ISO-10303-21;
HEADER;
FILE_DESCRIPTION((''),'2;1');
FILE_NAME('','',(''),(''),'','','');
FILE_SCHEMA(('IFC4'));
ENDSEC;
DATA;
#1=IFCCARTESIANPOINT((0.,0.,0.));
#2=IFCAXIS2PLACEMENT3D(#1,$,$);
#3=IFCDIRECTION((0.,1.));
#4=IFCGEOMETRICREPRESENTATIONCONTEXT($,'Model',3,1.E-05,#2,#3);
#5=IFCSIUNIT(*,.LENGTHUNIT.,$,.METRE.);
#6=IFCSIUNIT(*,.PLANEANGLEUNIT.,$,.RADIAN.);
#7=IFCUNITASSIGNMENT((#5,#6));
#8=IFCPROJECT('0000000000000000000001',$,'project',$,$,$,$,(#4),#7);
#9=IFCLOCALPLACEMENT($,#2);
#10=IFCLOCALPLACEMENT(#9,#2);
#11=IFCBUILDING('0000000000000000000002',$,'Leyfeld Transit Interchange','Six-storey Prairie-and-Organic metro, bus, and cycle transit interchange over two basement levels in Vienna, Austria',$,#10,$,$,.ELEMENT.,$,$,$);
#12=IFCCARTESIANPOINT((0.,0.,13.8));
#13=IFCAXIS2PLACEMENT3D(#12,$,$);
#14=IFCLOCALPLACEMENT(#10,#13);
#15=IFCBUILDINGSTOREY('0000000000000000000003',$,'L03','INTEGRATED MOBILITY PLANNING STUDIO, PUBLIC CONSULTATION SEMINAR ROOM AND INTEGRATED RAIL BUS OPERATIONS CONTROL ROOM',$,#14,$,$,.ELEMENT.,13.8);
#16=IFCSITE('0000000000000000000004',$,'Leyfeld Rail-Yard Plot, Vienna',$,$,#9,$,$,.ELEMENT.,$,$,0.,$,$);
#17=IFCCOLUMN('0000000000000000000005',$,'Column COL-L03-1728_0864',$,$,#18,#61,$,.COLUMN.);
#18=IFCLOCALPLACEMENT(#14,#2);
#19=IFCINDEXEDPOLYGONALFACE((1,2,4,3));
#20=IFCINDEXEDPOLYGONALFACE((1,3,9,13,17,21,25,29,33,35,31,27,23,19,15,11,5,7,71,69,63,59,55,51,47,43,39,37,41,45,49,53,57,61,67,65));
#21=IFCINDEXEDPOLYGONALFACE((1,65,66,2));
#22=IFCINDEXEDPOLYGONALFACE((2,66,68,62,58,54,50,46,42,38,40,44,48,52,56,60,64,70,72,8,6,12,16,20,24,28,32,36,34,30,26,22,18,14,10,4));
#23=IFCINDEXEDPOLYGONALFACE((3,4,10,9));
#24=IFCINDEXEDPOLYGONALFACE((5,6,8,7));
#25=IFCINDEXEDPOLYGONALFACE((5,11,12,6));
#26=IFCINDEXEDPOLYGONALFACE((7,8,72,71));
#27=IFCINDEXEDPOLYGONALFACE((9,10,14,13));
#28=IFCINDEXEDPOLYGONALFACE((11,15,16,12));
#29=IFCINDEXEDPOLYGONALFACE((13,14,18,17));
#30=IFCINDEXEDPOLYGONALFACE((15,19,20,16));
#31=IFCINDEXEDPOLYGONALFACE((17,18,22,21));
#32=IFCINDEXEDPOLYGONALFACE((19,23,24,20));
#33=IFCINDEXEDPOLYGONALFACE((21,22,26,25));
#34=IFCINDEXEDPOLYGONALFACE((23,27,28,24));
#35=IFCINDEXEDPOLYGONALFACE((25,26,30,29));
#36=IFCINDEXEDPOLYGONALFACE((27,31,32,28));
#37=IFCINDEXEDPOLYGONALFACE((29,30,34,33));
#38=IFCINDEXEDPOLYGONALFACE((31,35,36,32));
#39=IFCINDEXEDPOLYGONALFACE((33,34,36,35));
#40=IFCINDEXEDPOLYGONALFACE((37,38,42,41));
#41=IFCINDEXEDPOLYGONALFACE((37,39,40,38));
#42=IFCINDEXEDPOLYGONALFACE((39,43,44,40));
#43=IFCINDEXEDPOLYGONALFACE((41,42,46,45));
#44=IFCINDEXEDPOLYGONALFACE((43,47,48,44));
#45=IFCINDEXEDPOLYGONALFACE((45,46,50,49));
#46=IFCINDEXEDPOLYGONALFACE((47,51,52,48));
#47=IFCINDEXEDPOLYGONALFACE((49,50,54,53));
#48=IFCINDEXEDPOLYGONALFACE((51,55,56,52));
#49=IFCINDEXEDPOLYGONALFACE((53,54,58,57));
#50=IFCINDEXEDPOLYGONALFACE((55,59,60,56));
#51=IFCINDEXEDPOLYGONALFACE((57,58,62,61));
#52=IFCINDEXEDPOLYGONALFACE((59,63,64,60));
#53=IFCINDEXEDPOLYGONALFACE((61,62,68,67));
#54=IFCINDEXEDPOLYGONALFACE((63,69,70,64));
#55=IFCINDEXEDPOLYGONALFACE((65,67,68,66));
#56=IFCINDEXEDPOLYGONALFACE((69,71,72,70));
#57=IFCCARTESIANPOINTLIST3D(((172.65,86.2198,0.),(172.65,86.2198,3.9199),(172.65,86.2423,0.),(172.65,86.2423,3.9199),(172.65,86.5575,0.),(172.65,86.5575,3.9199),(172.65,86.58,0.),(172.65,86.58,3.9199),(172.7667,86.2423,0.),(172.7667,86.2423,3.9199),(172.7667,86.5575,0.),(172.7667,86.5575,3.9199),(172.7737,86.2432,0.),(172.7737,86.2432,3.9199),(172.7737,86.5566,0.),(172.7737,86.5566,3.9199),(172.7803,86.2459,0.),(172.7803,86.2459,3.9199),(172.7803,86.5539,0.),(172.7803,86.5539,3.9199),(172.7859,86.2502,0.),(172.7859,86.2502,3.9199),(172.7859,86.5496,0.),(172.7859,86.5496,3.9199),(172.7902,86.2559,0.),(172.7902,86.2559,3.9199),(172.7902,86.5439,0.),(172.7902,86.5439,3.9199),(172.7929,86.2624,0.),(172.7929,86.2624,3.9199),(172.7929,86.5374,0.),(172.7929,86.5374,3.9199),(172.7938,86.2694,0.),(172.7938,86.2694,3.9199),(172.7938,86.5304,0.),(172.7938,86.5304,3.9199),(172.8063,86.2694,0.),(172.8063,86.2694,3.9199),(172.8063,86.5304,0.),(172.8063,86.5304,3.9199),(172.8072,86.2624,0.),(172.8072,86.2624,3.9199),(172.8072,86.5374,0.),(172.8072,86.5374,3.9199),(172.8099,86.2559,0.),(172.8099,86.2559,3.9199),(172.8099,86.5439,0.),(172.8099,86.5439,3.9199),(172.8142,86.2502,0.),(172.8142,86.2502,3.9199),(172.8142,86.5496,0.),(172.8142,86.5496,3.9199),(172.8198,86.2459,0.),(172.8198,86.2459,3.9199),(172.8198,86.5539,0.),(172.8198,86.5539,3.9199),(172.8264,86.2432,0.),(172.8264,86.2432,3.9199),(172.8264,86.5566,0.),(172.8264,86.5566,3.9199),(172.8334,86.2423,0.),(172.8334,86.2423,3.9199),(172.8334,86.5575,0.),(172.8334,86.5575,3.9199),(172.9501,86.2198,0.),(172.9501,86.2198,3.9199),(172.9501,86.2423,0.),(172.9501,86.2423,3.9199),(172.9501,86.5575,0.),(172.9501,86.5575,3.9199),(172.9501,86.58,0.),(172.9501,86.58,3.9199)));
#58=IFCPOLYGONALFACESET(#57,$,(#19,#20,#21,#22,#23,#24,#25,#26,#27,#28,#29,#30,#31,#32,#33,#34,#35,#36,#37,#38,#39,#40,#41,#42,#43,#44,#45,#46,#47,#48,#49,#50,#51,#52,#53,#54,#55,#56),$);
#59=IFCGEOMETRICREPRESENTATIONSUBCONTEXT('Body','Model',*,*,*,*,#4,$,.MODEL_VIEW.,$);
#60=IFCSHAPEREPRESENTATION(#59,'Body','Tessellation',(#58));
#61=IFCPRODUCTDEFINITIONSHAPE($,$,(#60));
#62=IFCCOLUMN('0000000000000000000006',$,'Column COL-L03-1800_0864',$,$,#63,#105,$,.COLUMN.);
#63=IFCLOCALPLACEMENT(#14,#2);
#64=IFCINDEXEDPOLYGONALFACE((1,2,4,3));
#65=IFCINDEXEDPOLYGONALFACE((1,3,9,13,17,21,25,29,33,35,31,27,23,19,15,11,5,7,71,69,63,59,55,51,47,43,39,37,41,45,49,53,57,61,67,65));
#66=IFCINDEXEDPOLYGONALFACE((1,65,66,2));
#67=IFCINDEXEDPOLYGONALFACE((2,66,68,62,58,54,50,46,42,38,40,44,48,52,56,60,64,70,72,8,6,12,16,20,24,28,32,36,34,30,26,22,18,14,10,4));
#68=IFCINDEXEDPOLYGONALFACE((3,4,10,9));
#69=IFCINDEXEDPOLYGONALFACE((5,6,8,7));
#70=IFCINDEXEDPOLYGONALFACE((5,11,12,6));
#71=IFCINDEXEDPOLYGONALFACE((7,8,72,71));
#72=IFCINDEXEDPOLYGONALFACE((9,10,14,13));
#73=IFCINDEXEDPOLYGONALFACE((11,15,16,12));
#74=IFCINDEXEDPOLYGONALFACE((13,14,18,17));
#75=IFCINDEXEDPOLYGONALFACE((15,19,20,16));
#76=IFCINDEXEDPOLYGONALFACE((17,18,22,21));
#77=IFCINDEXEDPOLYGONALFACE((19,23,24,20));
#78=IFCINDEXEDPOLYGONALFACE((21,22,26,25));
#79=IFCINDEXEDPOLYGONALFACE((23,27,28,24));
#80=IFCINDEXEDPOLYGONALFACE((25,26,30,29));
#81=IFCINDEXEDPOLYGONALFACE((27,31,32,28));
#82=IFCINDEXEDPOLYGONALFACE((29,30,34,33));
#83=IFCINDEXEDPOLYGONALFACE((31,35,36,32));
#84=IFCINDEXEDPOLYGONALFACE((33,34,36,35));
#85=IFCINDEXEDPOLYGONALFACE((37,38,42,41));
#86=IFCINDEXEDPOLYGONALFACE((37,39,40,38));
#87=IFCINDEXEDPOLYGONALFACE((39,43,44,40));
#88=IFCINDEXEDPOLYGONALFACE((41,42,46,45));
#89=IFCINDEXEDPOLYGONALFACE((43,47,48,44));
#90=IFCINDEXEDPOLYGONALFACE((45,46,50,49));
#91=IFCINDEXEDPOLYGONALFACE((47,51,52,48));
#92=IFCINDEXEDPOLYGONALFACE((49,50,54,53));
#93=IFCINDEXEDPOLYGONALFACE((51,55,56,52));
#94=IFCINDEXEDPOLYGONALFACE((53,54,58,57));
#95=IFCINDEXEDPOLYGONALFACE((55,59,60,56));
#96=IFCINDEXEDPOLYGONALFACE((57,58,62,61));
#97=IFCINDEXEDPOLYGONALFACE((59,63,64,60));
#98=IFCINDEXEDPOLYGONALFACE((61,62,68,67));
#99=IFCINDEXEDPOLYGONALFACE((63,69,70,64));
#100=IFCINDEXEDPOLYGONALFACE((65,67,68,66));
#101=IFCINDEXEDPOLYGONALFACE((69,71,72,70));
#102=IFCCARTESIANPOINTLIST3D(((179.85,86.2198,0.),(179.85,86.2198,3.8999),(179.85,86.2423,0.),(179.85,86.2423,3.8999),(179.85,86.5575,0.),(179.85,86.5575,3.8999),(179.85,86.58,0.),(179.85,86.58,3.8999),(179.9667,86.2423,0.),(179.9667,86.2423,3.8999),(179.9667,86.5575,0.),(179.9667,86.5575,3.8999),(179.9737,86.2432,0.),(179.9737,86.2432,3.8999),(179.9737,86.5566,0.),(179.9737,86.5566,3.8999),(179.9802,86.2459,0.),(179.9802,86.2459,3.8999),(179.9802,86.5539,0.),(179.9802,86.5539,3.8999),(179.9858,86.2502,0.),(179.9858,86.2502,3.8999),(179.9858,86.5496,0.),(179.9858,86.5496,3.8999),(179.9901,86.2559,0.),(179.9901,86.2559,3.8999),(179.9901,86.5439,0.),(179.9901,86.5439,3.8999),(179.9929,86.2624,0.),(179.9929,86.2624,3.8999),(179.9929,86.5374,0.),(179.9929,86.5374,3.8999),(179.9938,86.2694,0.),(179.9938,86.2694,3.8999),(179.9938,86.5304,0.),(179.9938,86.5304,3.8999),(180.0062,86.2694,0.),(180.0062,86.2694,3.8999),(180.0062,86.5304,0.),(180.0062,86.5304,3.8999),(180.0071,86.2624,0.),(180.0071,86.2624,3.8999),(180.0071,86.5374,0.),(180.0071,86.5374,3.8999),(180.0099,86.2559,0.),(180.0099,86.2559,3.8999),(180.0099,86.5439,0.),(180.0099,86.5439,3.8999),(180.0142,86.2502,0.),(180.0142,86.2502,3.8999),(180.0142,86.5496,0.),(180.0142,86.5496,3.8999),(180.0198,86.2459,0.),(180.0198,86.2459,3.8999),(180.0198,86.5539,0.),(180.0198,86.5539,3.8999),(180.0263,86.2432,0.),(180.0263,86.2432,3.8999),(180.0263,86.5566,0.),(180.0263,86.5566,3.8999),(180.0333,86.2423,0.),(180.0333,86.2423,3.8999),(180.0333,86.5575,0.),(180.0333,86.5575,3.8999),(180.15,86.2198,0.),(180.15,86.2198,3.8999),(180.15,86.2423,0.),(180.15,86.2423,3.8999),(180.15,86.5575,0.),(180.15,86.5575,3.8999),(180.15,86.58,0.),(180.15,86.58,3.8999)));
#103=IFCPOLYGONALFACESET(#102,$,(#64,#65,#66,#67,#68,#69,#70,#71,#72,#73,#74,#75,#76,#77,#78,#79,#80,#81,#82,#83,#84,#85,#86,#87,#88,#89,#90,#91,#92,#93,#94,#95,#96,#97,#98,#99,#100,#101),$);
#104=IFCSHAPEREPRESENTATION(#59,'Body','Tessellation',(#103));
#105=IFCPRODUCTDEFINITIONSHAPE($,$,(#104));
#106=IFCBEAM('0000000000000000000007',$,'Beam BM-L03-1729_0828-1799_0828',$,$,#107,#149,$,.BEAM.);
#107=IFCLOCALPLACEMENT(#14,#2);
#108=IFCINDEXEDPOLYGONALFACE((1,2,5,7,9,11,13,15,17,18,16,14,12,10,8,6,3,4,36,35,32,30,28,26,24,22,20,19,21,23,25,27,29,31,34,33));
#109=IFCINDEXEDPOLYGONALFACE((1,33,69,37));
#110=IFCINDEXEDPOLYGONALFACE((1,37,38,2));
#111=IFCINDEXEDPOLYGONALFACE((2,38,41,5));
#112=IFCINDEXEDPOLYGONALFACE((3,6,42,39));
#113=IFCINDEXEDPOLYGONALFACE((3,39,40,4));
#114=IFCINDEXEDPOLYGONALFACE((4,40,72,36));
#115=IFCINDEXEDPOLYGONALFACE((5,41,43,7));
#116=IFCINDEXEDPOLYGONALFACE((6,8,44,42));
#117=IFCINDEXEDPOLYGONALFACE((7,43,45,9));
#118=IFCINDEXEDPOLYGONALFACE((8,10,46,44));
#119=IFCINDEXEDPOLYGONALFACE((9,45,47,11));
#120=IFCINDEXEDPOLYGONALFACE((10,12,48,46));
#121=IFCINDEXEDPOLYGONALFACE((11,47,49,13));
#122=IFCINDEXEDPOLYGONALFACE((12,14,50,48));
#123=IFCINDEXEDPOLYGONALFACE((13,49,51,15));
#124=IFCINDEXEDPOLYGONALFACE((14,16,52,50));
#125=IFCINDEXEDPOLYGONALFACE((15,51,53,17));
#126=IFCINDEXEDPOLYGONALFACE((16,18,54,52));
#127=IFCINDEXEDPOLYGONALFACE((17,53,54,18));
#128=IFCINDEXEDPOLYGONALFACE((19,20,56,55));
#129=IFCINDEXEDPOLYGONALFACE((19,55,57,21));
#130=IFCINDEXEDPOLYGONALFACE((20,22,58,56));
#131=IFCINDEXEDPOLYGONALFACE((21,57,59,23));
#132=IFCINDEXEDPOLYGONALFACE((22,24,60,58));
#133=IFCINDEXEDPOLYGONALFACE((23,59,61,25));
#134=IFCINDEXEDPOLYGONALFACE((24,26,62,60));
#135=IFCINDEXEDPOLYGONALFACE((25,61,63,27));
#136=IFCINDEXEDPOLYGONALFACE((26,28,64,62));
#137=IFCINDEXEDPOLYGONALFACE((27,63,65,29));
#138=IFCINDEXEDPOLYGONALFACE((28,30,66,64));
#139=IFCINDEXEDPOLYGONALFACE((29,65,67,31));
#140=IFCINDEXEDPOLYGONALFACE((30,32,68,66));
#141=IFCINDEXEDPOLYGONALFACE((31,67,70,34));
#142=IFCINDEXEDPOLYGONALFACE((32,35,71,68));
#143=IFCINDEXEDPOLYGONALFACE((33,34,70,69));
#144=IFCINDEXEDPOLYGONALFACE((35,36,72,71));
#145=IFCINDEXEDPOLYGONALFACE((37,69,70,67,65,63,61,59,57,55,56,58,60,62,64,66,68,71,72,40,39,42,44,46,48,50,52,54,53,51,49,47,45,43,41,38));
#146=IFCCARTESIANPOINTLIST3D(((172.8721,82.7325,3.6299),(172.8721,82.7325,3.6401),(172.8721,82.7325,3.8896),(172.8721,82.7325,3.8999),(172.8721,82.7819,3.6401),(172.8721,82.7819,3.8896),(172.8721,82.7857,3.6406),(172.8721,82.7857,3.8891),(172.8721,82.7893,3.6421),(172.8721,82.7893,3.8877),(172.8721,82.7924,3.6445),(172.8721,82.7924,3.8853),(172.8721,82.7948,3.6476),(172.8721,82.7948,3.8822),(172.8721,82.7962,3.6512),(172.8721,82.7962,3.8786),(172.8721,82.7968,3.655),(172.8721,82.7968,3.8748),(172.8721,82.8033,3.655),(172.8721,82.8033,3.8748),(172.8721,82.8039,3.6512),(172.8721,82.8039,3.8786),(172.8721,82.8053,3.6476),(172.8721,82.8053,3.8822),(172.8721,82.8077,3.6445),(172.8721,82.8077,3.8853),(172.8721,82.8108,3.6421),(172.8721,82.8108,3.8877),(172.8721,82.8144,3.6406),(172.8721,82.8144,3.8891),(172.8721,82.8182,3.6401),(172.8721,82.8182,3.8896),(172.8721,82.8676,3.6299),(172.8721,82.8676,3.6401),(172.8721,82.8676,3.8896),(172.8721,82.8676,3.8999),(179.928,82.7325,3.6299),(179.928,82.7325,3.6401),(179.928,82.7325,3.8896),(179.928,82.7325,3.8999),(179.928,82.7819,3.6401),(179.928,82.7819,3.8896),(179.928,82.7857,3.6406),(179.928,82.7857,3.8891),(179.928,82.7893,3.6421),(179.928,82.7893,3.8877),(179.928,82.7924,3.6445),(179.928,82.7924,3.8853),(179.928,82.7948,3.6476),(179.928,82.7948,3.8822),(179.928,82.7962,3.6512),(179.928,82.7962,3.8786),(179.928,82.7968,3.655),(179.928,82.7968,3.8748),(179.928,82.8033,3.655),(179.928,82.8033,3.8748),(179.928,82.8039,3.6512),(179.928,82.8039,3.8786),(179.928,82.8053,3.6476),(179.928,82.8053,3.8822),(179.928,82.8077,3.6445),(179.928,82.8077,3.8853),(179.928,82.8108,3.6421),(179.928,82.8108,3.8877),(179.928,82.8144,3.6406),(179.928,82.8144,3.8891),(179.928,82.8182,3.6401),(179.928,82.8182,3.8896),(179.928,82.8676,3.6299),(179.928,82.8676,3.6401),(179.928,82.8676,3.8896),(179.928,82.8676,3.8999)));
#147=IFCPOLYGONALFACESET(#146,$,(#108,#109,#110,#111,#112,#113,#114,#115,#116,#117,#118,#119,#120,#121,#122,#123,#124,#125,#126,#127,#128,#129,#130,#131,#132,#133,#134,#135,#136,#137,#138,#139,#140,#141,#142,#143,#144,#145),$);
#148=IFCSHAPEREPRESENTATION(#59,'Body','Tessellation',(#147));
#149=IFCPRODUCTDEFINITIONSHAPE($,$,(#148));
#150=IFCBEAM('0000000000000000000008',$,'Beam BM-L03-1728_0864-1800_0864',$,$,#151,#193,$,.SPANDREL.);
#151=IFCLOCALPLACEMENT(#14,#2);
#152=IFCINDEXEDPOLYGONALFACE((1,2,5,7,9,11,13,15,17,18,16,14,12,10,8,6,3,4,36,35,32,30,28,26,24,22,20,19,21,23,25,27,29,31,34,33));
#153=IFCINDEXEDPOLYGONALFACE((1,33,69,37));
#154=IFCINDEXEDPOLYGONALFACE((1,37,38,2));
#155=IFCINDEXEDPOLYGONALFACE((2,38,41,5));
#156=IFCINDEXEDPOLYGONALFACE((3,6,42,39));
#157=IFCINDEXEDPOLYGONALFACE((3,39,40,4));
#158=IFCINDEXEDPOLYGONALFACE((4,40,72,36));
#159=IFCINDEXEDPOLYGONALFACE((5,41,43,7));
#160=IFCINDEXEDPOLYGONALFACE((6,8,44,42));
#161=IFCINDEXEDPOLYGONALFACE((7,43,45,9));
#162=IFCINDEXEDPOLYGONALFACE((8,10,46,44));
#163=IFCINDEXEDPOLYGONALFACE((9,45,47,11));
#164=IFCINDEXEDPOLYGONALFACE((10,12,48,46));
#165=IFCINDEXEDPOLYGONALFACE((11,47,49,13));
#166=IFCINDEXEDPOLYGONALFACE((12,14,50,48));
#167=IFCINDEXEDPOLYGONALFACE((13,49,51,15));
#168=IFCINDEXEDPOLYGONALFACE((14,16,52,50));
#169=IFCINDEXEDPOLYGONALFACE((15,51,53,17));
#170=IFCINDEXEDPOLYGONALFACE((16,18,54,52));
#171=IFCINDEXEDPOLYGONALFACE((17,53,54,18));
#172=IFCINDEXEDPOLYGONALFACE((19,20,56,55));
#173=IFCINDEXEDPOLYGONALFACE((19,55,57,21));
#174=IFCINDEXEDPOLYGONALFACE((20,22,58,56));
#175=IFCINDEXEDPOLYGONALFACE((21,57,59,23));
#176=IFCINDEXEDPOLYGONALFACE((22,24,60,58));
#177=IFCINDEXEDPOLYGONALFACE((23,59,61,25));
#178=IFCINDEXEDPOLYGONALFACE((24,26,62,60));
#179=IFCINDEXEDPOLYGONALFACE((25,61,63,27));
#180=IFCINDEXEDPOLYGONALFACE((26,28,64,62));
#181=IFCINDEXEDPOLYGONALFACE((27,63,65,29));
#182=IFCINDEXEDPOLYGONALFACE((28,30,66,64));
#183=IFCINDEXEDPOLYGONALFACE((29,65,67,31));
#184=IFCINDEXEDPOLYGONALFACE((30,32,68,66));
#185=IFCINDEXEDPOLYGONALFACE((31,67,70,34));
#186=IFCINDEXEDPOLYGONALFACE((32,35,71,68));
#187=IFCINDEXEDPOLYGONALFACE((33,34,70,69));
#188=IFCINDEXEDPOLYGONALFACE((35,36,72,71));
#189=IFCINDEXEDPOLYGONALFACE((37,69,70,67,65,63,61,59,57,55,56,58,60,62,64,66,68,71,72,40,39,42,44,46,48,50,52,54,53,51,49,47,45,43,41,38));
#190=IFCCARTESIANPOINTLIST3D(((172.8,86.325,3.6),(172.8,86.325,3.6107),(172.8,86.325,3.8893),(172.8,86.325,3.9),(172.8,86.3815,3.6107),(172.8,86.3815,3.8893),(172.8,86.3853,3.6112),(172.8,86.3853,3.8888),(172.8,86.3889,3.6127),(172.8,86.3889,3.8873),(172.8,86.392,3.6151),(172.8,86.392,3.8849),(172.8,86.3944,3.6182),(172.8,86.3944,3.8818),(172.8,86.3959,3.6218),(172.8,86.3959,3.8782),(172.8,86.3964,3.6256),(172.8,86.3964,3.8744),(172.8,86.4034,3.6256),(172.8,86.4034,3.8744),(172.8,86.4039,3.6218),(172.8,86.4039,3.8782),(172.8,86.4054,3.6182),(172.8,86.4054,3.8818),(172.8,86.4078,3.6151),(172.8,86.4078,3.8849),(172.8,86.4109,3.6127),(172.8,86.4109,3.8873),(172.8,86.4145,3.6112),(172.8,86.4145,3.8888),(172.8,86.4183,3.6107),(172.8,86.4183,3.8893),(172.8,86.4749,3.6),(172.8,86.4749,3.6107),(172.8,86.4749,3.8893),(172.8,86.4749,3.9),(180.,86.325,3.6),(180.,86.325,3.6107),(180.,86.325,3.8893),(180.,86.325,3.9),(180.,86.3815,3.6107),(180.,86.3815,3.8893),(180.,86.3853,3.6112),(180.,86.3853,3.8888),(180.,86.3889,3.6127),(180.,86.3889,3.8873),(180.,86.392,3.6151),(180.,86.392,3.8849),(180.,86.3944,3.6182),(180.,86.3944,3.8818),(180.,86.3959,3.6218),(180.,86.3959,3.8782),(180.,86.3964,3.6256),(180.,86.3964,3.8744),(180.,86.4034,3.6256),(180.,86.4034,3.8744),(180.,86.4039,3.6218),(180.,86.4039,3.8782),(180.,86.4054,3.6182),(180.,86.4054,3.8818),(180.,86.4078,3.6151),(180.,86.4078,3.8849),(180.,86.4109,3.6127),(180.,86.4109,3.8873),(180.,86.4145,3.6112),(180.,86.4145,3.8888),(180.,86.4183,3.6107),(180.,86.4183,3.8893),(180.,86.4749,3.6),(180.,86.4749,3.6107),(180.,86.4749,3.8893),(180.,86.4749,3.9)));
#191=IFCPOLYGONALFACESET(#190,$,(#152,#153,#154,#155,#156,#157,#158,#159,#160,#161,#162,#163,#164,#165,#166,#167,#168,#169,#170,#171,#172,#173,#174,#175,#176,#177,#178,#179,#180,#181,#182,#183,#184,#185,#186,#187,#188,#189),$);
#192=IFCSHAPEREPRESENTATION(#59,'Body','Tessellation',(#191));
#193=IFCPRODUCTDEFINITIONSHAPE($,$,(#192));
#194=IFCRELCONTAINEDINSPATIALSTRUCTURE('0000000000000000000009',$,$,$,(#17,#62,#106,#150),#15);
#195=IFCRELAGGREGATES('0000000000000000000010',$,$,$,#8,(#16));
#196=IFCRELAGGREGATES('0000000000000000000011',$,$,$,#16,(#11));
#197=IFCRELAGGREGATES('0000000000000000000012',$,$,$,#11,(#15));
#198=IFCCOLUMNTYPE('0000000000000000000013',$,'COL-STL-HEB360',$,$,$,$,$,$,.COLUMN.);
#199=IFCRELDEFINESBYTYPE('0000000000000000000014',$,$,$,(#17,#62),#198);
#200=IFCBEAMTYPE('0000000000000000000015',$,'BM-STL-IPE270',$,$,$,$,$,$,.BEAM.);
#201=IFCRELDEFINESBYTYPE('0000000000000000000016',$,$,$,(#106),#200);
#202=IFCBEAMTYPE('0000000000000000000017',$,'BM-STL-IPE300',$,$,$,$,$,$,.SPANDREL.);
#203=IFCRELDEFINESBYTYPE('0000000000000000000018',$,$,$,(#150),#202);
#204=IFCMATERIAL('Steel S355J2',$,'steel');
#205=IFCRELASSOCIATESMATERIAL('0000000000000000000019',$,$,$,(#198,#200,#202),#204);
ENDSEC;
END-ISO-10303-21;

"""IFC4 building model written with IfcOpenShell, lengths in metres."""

from ifc_helpers import new_model, si_unit, direction, frame, origin, origin_2d, place, context, subcontext, project, spatial, i_section, extrude, material, material_profile, profile_set, type_object, element, save


model = new_model("IFC4")

# Units and contexts
model_context = context("Model", 3, precision=1e-05, world=origin(), true_north=direction((0.0, 1.0)))
body_context = subcontext(model_context, "Body", "Model", "MODEL_VIEW")
ifc_project = project(units=[si_unit("LENGTHUNIT", "METRE"), si_unit("PLANEANGLEUNIT", "RADIAN")], contexts=[model_context])

# Site, building, storey
site_placement = place(None, origin())
site = spatial("IfcSite", under=ifc_project, at=site_placement, Name="Leyfeld Rail-Yard Plot, Vienna", CompositionType="ELEMENT", RefElevation=0.0)
building_placement = place(site_placement, origin())
building = spatial("IfcBuilding", under=site, at=building_placement, Name="Leyfeld Transit Interchange", Description="Six-storey Prairie-and-Organic metro, bus, and cycle transit interchange over two basement levels in Vienna, Austria", CompositionType="ELEMENT")
storey_placement = place(building_placement, frame((0.0, 0.0, 13.8)))
storey = spatial("IfcBuildingStorey", under=building, at=storey_placement, Name="L03", Description="INTEGRATED MOBILITY PLANNING STUDIO, PUBLIC CONSULTATION SEMINAR ROOM AND INTEGRATED RAIL BUS OPERATIONS CONTROL ROOM", CompositionType="ELEMENT", Elevation=13.8)

# Columns
ifc_material_1 = material(Name="Steel S355J2", Category="steel")
ifc_material_profile_1 = material_profile(ifc_material_1, i_section(OverallWidth=0.3, OverallDepth=0.3601, WebThickness=0.0125, FlangeThickness=0.0225, FilletRadius=0.0271, at=origin_2d()), Name="HEB 360")
ifc_profile_set_1 = profile_set([ifc_material_profile_1], Name="Steel S355J2")
column_type = type_object("IfcColumnType", Name="COL-STL-HEB360", PredefinedType="COLUMN", material=ifc_profile_set_1)
column_1_placement = place(storey_placement, frame((172.8, 86.3999, 0.0), z_axis=(0.0, 0.0, 1.0), x_axis=(1.0, 0.0, 0.0)))
element("IfcColumn", 1, at=column_1_placement, inside=storey, type_object=column_type, Name="Column COL-L03-1728_0864", PredefinedType="COLUMN", context=body_context, shape_type="SweptSolid", body=[
    extrude(i_section(OverallWidth=0.3, OverallDepth=0.3601, WebThickness=0.0125, FlangeThickness=0.0225, FilletRadius=0.0271, at=origin_2d()), origin(), (0.0, 0.0, 1.0), 3.9199),
])
column_2_placement = place(storey_placement, frame((180.0, 86.3999, 0.0), z_axis=(0.0, 0.0, 1.0), x_axis=(1.0, 0.0, 0.0)))
element("IfcColumn", 2, at=column_2_placement, inside=storey, type_object=column_type, Name="Column COL-L03-1800_0864", PredefinedType="COLUMN", context=body_context, shape_type="SweptSolid", body=[
    extrude(i_section(OverallWidth=0.3, OverallDepth=0.3601, WebThickness=0.0125, FlangeThickness=0.0225, FilletRadius=0.0271, at=origin_2d()), origin(), (0.0, 0.0, 1.0), 3.8999),
])

# Beams
ifc_material_profile_2 = material_profile(ifc_material_1, i_section(OverallWidth=0.135, OverallDepth=0.27, WebThickness=0.0066, FlangeThickness=0.0103, FilletRadius=0.0149, at=origin_2d()), Name="IPE 270")
ifc_profile_set_2 = profile_set([ifc_material_profile_2], Name="Steel S355J2")
beam_type_1 = type_object("IfcBeamType", Name="BM-STL-IPE270", PredefinedType="BEAM", material=ifc_profile_set_2)
beam_1_placement = place(storey_placement, frame((172.8721, 82.8, 3.7649), z_axis=(1.0, 0.0, 0.0), x_axis=(0.0, 1.0, 0.0)))
element("IfcBeam", 3, at=beam_1_placement, inside=storey, type_object=beam_type_1, Name="Beam BM-L03-1729_0828-1799_0828", PredefinedType="BEAM", context=body_context, shape_type="SweptSolid", body=[
    extrude(i_section(OverallWidth=0.135, OverallDepth=0.27, WebThickness=0.0066, FlangeThickness=0.0103, FilletRadius=0.0149, at=origin_2d()), origin(), (0.0, 0.0, 1.0), 7.0559),
])
ifc_material_profile_3 = material_profile(ifc_material_1, i_section(OverallWidth=0.1499, OverallDepth=0.3, WebThickness=0.0071, FlangeThickness=0.0107, FilletRadius=0.0149, at=origin_2d()), Name="IPE 300")
ifc_profile_set_3 = profile_set([ifc_material_profile_3], Name="Steel S355J2")
beam_type_2 = type_object("IfcBeamType", Name="BM-STL-IPE300", PredefinedType="SPANDREL", material=ifc_profile_set_3)
beam_2_placement = place(storey_placement, frame((172.8, 86.3999, 3.75), z_axis=(1.0, 0.0, 0.0), x_axis=(0.0, 1.0, 0.0)))
element("IfcBeam", 4, at=beam_2_placement, inside=storey, type_object=beam_type_2, Name="Beam BM-L03-1728_0864-1800_0864", PredefinedType="SPANDREL", context=body_context, shape_type="SweptSolid", body=[
    extrude(i_section(OverallWidth=0.1499, OverallDepth=0.3, WebThickness=0.0071, FlangeThickness=0.0107, FilletRadius=0.0149, at=origin_2d()), origin(), (0.0, 0.0, 1.0), 7.2),
])

save(model, "model.ifc")
